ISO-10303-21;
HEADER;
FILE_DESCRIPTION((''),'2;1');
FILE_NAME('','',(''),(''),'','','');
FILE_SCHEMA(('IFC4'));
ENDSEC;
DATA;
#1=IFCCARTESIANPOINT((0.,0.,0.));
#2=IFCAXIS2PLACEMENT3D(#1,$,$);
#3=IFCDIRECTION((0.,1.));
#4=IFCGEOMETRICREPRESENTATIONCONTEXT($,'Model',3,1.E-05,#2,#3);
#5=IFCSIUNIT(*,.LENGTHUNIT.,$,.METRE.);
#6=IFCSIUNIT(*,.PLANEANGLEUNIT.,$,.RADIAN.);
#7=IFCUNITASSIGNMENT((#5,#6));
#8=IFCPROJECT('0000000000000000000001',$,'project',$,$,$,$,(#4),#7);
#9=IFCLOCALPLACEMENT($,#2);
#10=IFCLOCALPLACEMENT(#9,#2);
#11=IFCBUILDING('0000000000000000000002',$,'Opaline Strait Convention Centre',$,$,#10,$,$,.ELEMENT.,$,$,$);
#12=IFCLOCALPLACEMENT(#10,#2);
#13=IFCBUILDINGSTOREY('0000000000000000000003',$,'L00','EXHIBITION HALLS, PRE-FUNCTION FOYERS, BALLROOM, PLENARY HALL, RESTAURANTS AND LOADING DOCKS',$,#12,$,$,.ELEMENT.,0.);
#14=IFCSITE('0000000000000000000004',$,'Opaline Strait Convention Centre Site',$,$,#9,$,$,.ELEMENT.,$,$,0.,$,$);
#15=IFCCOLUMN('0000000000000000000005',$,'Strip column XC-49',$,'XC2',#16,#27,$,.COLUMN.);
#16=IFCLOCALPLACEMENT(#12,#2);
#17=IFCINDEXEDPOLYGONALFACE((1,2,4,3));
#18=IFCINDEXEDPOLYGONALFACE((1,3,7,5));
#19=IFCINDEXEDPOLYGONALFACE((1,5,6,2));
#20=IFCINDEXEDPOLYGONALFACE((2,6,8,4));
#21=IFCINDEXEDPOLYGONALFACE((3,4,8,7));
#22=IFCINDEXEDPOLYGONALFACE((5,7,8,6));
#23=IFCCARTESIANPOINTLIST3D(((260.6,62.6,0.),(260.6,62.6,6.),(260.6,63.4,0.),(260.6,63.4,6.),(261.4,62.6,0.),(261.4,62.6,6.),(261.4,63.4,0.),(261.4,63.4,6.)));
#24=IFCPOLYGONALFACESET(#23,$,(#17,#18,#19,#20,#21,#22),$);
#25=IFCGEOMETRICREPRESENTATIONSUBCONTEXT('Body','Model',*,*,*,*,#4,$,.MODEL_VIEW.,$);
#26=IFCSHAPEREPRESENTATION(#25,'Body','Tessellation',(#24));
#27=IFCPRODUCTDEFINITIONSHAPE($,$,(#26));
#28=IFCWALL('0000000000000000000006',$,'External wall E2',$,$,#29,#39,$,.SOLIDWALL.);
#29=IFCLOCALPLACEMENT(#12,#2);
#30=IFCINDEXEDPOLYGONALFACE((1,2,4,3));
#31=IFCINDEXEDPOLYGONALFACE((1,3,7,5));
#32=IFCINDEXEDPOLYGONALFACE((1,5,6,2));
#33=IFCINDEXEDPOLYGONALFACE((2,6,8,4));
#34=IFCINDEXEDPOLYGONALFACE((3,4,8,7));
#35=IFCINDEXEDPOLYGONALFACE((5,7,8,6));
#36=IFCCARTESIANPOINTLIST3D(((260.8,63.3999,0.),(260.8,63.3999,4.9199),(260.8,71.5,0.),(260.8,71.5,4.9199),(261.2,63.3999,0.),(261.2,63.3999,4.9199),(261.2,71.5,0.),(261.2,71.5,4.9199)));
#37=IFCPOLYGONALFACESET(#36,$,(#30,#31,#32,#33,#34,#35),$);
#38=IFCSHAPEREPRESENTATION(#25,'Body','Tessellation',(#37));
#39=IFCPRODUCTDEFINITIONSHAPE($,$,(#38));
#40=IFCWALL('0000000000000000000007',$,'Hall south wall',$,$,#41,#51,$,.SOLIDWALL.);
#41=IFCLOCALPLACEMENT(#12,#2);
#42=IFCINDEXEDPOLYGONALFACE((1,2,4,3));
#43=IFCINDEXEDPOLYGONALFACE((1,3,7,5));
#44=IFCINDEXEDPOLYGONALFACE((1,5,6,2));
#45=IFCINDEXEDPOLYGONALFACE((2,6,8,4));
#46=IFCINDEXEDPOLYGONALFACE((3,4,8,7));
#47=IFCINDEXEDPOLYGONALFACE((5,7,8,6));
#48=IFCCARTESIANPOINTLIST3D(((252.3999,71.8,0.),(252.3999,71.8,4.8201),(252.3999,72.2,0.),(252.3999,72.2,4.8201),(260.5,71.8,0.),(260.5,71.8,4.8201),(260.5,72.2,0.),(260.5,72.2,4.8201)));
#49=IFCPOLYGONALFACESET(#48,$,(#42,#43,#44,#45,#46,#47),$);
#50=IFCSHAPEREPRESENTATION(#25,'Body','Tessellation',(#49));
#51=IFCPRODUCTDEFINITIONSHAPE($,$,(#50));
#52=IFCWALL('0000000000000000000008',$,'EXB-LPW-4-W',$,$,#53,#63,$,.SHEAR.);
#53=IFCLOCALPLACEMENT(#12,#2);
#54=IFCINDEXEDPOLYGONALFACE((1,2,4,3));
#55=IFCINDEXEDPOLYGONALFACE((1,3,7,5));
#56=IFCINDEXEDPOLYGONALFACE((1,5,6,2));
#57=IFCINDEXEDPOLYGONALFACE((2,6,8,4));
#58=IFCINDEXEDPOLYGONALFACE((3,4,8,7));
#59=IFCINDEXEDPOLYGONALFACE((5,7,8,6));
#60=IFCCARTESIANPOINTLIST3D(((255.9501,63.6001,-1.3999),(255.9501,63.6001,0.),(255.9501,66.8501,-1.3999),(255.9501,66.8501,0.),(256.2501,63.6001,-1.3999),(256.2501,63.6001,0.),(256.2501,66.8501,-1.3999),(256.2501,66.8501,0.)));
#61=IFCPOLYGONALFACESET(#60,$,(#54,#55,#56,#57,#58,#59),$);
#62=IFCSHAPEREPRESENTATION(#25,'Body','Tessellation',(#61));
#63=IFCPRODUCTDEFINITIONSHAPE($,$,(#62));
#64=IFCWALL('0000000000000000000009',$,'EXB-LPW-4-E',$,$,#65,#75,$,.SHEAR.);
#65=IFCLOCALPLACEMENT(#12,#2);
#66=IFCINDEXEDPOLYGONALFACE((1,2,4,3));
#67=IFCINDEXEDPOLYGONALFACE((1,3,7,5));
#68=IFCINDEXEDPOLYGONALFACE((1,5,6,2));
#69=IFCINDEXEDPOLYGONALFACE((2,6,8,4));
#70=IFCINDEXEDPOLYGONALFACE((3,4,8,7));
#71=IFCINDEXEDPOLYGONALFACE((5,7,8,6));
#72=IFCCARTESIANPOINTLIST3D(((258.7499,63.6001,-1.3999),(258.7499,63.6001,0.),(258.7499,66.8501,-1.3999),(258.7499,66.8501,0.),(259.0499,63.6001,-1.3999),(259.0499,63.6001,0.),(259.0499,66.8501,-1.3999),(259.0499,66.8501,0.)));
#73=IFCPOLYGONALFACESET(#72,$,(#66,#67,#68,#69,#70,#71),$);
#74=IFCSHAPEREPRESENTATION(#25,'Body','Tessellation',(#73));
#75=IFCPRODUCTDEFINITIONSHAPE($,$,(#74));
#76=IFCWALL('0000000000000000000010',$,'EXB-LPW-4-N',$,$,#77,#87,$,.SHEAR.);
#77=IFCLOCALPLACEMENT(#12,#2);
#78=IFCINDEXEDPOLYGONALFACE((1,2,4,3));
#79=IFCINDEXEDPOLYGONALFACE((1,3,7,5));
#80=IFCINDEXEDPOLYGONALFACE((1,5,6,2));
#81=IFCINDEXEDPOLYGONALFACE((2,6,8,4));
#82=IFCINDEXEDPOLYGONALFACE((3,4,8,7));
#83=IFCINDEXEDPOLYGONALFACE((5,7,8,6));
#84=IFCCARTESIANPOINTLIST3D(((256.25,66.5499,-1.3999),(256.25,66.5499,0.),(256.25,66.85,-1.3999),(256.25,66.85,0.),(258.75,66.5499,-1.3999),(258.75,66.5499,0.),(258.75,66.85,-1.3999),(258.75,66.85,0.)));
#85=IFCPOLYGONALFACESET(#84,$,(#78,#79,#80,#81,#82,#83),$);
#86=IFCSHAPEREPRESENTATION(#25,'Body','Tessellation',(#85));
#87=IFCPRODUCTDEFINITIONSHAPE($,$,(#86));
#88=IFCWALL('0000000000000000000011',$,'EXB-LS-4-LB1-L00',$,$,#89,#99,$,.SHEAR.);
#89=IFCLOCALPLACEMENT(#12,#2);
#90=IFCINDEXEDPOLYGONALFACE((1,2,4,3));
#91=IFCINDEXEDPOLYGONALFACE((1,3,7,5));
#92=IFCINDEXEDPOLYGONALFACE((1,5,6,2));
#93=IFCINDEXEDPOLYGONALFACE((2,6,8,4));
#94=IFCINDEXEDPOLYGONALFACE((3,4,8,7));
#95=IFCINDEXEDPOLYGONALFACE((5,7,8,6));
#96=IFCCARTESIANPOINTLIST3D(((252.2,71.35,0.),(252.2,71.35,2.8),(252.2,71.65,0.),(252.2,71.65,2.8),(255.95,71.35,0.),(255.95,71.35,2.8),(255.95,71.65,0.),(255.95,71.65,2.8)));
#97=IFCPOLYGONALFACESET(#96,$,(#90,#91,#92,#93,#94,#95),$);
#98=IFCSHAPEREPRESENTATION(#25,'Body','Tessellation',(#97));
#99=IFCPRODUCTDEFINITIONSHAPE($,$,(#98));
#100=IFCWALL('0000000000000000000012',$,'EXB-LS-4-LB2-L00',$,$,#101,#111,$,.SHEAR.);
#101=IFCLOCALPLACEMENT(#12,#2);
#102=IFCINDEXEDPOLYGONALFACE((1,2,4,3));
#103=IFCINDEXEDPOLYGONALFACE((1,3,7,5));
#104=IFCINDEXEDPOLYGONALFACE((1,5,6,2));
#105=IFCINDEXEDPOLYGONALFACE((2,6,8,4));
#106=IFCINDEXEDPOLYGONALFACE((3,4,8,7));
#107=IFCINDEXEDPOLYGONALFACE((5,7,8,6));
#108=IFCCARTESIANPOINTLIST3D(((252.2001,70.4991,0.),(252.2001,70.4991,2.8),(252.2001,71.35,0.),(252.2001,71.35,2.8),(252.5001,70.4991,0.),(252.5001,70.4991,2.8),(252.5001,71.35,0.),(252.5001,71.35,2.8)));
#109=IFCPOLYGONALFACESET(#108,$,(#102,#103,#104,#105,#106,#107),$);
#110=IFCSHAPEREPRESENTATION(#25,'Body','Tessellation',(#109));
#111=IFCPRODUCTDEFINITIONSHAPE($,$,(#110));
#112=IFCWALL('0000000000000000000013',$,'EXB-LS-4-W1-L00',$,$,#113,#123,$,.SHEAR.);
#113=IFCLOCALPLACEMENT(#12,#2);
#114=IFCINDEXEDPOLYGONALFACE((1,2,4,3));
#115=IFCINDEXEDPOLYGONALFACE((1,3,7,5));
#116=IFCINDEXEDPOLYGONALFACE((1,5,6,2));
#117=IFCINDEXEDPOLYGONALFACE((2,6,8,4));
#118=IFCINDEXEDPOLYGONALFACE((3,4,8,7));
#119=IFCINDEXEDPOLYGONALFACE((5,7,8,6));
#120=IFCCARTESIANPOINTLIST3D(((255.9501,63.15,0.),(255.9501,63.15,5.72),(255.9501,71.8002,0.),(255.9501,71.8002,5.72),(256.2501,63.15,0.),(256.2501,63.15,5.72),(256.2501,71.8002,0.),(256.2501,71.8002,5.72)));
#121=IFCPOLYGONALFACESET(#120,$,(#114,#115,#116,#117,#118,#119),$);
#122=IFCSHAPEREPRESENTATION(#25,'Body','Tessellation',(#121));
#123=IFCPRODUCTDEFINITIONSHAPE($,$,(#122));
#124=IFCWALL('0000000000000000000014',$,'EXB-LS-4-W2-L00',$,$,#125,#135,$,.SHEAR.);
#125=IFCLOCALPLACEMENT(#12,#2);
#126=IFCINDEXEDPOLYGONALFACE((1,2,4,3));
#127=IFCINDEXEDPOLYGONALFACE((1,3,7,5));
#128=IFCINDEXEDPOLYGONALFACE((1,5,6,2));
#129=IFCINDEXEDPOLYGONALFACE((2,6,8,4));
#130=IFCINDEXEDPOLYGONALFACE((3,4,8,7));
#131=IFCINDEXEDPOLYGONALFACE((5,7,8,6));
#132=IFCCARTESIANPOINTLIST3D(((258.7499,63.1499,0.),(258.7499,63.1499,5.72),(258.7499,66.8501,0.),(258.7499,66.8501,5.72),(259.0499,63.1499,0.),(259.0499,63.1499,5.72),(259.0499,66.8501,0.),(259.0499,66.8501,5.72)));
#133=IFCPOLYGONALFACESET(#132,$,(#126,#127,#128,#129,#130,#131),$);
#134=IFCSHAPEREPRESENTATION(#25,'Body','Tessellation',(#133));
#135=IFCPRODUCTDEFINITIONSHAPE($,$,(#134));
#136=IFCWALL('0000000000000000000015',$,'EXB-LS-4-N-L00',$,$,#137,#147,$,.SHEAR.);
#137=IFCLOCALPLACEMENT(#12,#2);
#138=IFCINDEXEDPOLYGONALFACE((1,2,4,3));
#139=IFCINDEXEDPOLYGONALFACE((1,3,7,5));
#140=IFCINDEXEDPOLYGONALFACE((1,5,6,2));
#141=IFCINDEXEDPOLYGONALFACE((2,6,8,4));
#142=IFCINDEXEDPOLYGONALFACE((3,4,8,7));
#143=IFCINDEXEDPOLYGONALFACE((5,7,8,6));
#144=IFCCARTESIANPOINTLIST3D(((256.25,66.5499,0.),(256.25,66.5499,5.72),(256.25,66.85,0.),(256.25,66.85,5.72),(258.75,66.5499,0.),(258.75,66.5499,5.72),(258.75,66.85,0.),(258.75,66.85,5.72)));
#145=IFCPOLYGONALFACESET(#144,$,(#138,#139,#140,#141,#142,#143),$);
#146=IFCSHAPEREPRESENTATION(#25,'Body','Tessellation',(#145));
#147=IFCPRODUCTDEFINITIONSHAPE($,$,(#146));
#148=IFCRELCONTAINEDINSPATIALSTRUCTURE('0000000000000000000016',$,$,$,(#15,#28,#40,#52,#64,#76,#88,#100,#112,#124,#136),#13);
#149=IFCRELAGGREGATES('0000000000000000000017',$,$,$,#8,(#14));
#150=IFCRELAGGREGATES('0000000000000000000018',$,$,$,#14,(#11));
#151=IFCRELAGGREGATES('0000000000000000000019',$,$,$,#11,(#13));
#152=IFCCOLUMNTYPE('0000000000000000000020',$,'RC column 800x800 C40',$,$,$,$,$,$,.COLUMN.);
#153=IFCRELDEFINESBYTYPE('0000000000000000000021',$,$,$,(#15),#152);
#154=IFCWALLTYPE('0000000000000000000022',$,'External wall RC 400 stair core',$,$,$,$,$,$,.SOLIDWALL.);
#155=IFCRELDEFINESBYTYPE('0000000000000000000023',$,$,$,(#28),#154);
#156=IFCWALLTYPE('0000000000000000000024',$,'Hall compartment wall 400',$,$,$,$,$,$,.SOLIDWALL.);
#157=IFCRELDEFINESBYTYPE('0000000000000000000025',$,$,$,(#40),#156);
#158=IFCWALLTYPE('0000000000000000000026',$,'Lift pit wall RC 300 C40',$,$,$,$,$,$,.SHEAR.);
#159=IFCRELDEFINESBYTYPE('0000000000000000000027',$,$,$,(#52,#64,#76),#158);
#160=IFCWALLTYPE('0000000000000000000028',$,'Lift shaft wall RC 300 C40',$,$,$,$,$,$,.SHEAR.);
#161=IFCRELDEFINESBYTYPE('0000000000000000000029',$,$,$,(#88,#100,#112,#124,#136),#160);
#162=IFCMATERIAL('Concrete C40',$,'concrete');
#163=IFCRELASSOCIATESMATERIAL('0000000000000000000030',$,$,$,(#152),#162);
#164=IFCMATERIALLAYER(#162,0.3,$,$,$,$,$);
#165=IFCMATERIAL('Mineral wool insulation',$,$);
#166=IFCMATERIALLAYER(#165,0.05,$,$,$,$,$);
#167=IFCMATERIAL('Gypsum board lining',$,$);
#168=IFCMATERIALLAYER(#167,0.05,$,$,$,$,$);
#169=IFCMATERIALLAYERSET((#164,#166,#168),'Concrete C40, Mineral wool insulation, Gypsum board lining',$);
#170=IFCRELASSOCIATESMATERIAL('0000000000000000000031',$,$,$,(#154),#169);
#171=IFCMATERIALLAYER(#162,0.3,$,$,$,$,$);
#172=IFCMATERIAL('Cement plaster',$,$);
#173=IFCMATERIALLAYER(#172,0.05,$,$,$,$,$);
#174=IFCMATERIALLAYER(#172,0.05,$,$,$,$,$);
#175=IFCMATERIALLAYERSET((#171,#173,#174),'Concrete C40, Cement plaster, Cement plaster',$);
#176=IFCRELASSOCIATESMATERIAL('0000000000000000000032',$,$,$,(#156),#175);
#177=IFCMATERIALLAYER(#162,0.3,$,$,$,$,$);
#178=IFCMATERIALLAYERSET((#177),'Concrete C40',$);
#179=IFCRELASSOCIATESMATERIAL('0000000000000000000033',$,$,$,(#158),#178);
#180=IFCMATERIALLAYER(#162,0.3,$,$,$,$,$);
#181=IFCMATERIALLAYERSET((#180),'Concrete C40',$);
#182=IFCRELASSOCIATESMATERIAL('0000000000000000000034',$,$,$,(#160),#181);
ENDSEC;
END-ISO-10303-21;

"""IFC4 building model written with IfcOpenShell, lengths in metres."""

from ifc_helpers import new_model, si_unit, direction, frame, frame_2d, origin, origin_2d, place, context, subcontext, project, spatial, rectangle, extrude, material, layer, layer_set, material_profile, profile_set, type_object, element, save


model = new_model("IFC4")

# Units and contexts
model_context = context("Model", 3, precision=1e-05, world=origin(), true_north=direction((0.0, 1.0)))
body_context = subcontext(model_context, "Body", "Model", "MODEL_VIEW")
ifc_project = project(units=[si_unit("LENGTHUNIT", "METRE"), si_unit("PLANEANGLEUNIT", "RADIAN")], contexts=[model_context])

# Site, building, storey
site_placement = place(None, origin())
site = spatial("IfcSite", under=ifc_project, at=site_placement, Name="Opaline Strait Convention Centre Site", CompositionType="ELEMENT", RefElevation=0.0)
building_placement = place(site_placement, origin())
building = spatial("IfcBuilding", under=site, at=building_placement, Name="Opaline Strait Convention Centre", CompositionType="ELEMENT")
storey_placement = place(building_placement, origin())
storey = spatial("IfcBuildingStorey", under=building, at=storey_placement, Name="L00", Description="EXHIBITION HALLS, PRE-FUNCTION FOYERS, BALLROOM, PLENARY HALL, RESTAURANTS AND LOADING DOCKS", CompositionType="ELEMENT", Elevation=0.0)

# Column
ifc_material_1 = material(Name="Concrete C40", Category="concrete")
ifc_material_profile_1 = material_profile(ifc_material_1, rectangle(XDim=0.8, YDim=0.8, at=origin_2d()), Name="RC 800x800")
ifc_profile_set_1 = profile_set([ifc_material_profile_1], Name="Concrete C40")
column_type_1 = type_object("IfcColumnType", Name="RC column 800x800 C40", PredefinedType="COLUMN", material=ifc_profile_set_1)
column_1_placement = place(storey_placement, frame((261.0, 63.0, 0.0), z_axis=(0.0, 0.0, 1.0), x_axis=(1.0, 0.0, 0.0)))
element("IfcColumn", 1, at=column_1_placement, inside=storey, type_object=column_type_1, Name="Strip column XC-49", ObjectType="XC2", PredefinedType="COLUMN", context=body_context, shape_type="SweptSolid", body=[
    extrude(rectangle(XDim=0.8, YDim=0.8, at=origin_2d()), origin(), (0.0, 0.0, 1.0), 6.0),
])

# Walls
ifc_layer_1 = layer(ifc_material_1, 0.3)
ifc_material_2 = material(Name="Mineral wool insulation")
ifc_layer_2 = layer(ifc_material_2, 0.05)
ifc_material_3 = material(Name="Gypsum board lining")
ifc_layer_3 = layer(ifc_material_3, 0.05)
ifc_layer_set_1 = layer_set([ifc_layer_1, ifc_layer_2, ifc_layer_3], Name="Concrete C40, Mineral wool insulation, Gypsum board lining")
wall_type_1 = type_object("IfcWallType", Name="External wall RC 400 stair core", PredefinedType="SOLIDWALL", material=ifc_layer_set_1)
wall_1_placement = place(storey_placement, frame((261.0, 63.3999, 0.0), z_axis=(0.0, 0.0, 1.0), x_axis=(0.0, 1.0, 0.0)))
element("IfcWall", 2, at=wall_1_placement, inside=storey, type_object=wall_type_1, Name="External wall E2", PredefinedType="SOLIDWALL", context=body_context, shape_type="SweptSolid", body=[
    extrude(rectangle(XDim=8.1001, YDim=0.3999, at=frame_2d((4.05, 0.0))), origin(), (0.0, 0.0, 1.0), 4.9199),
])
ifc_layer_4 = layer(ifc_material_1, 0.3)
ifc_material_4 = material(Name="Cement plaster")
ifc_layer_5 = layer(ifc_material_4, 0.05)
ifc_layer_6 = layer(ifc_material_4, 0.05)
ifc_layer_set_2 = layer_set([ifc_layer_4, ifc_layer_5, ifc_layer_6], Name="Concrete C40, Cement plaster, Cement plaster")
wall_type_2 = type_object("IfcWallType", Name="Hall compartment wall 400", PredefinedType="SOLIDWALL", material=ifc_layer_set_2)
wall_2_placement = place(storey_placement, frame((252.3999, 72.0, 0.0), z_axis=(0.0, 0.0, 1.0), x_axis=(1.0, 0.0, 0.0)))
element("IfcWall", 3, at=wall_2_placement, inside=storey, type_object=wall_type_2, Name="Hall south wall", PredefinedType="SOLIDWALL", context=body_context, shape_type="SweptSolid", body=[
    extrude(rectangle(XDim=8.1001, YDim=0.3999, at=frame_2d((4.05, 0.0))), origin(), (0.0, 0.0, 1.0), 4.8201),
])
ifc_layer_7 = layer(ifc_material_1, 0.3)
ifc_layer_set_3 = layer_set([ifc_layer_7], Name="Concrete C40")
wall_type_3 = type_object("IfcWallType", Name="Lift pit wall RC 300 C40", PredefinedType="SHEAR", material=ifc_layer_set_3)
for number, where, z_axis, x_axis, name in (
    (4, (256.1001, 63.6001, -1.3999), (0.0, 0.0, 1.0), (0.0, 1.0, 0.0), "EXB-LPW-4-W"),
    (5, (258.8999, 63.6001, -1.3999), (0.0, 0.0, 1.0), (0.0, 1.0, 0.0), "EXB-LPW-4-E"),
):
    element("IfcWall", number, at=place(storey_placement, frame(where, z_axis=z_axis, x_axis=x_axis)), inside=storey, type_object=wall_type_3, Name=name, PredefinedType="SHEAR", context=body_context, shape_type="SweptSolid", body=[
        extrude(rectangle(XDim=3.25, YDim=0.3, at=frame_2d((1.625, 0.0))), origin(), (0.0, 0.0, 1.0), 1.3999),
    ])
wall_3_placement = place(storey_placement, frame((256.25, 66.7, -1.3999), z_axis=(0.0, 0.0, 1.0), x_axis=(1.0, 0.0, 0.0)))
element("IfcWall", 6, at=wall_3_placement, inside=storey, type_object=wall_type_3, Name="EXB-LPW-4-N", PredefinedType="SHEAR", context=body_context, shape_type="SweptSolid", body=[
    extrude(rectangle(XDim=2.5, YDim=0.3, at=frame_2d((1.25, 0.0))), origin(), (0.0, 0.0, 1.0), 1.3999),
])
ifc_layer_8 = layer(ifc_material_1, 0.3)
ifc_layer_set_4 = layer_set([ifc_layer_8], Name="Concrete C40")
wall_type_4 = type_object("IfcWallType", Name="Lift shaft wall RC 300 C40", PredefinedType="SHEAR", material=ifc_layer_set_4)
wall_4_placement = place(storey_placement, frame((252.2, 71.5, 0.0), z_axis=(0.0, 0.0, 1.0), x_axis=(1.0, 0.0, 0.0)))
element("IfcWall", 7, at=wall_4_placement, inside=storey, type_object=wall_type_4, Name="EXB-LS-4-LB1-L00", PredefinedType="SHEAR", context=body_context, shape_type="SweptSolid", body=[
    extrude(rectangle(XDim=3.75, YDim=0.3, at=frame_2d((1.875, 0.0))), origin(), (0.0, 0.0, 1.0), 2.8),
])
wall_5_placement = place(storey_placement, frame((252.3501, 70.4993, 0.0), z_axis=(0.0, 0.0, 1.0), x_axis=(0.0, 1.0, 0.0)))
element("IfcWall", 8, at=wall_5_placement, inside=storey, type_object=wall_type_4, Name="EXB-LS-4-LB2-L00", PredefinedType="SHEAR", context=body_context, shape_type="SweptSolid", body=[
    extrude(rectangle(XDim=0.8508, YDim=0.3, at=frame_2d((0.4253, 0.0))), origin(), (0.0, 0.0, 1.0), 2.8),
])
wall_6_placement = place(storey_placement, frame((256.1001, 63.1499, 0.0), z_axis=(0.0, 0.0, 1.0), x_axis=(0.0, 1.0, 0.0)))
element("IfcWall", 9, at=wall_6_placement, inside=storey, type_object=wall_type_4, Name="EXB-LS-4-W1-L00", PredefinedType="SHEAR", context=body_context, shape_type="SweptSolid", body=[
    extrude(rectangle(XDim=8.6501, YDim=0.3, at=frame_2d((4.3252, 0.0))), origin(), (0.0, 0.0, 1.0), 5.72),
])
wall_7_placement = place(storey_placement, frame((258.8999, 63.1499, 0.0), z_axis=(0.0, 0.0, 1.0), x_axis=(0.0, 1.0, 0.0)))
element("IfcWall", 10, at=wall_7_placement, inside=storey, type_object=wall_type_4, Name="EXB-LS-4-W2-L00", PredefinedType="SHEAR", context=body_context, shape_type="SweptSolid", body=[
    extrude(rectangle(XDim=3.7002, YDim=0.3, at=frame_2d((1.8501, 0.0))), origin(), (0.0, 0.0, 1.0), 5.72),
])
wall_8_placement = place(storey_placement, frame((256.25, 66.7, 0.0), z_axis=(0.0, 0.0, 1.0), x_axis=(1.0, 0.0, 0.0)))
element("IfcWall", 11, at=wall_8_placement, inside=storey, type_object=wall_type_4, Name="EXB-LS-4-N-L00", PredefinedType="SHEAR", context=body_context, shape_type="SweptSolid", body=[
    extrude(rectangle(XDim=2.5, YDim=0.3, at=frame_2d((1.25, 0.0))), origin(), (0.0, 0.0, 1.0), 5.72),
])

save(model, "model.ifc")
